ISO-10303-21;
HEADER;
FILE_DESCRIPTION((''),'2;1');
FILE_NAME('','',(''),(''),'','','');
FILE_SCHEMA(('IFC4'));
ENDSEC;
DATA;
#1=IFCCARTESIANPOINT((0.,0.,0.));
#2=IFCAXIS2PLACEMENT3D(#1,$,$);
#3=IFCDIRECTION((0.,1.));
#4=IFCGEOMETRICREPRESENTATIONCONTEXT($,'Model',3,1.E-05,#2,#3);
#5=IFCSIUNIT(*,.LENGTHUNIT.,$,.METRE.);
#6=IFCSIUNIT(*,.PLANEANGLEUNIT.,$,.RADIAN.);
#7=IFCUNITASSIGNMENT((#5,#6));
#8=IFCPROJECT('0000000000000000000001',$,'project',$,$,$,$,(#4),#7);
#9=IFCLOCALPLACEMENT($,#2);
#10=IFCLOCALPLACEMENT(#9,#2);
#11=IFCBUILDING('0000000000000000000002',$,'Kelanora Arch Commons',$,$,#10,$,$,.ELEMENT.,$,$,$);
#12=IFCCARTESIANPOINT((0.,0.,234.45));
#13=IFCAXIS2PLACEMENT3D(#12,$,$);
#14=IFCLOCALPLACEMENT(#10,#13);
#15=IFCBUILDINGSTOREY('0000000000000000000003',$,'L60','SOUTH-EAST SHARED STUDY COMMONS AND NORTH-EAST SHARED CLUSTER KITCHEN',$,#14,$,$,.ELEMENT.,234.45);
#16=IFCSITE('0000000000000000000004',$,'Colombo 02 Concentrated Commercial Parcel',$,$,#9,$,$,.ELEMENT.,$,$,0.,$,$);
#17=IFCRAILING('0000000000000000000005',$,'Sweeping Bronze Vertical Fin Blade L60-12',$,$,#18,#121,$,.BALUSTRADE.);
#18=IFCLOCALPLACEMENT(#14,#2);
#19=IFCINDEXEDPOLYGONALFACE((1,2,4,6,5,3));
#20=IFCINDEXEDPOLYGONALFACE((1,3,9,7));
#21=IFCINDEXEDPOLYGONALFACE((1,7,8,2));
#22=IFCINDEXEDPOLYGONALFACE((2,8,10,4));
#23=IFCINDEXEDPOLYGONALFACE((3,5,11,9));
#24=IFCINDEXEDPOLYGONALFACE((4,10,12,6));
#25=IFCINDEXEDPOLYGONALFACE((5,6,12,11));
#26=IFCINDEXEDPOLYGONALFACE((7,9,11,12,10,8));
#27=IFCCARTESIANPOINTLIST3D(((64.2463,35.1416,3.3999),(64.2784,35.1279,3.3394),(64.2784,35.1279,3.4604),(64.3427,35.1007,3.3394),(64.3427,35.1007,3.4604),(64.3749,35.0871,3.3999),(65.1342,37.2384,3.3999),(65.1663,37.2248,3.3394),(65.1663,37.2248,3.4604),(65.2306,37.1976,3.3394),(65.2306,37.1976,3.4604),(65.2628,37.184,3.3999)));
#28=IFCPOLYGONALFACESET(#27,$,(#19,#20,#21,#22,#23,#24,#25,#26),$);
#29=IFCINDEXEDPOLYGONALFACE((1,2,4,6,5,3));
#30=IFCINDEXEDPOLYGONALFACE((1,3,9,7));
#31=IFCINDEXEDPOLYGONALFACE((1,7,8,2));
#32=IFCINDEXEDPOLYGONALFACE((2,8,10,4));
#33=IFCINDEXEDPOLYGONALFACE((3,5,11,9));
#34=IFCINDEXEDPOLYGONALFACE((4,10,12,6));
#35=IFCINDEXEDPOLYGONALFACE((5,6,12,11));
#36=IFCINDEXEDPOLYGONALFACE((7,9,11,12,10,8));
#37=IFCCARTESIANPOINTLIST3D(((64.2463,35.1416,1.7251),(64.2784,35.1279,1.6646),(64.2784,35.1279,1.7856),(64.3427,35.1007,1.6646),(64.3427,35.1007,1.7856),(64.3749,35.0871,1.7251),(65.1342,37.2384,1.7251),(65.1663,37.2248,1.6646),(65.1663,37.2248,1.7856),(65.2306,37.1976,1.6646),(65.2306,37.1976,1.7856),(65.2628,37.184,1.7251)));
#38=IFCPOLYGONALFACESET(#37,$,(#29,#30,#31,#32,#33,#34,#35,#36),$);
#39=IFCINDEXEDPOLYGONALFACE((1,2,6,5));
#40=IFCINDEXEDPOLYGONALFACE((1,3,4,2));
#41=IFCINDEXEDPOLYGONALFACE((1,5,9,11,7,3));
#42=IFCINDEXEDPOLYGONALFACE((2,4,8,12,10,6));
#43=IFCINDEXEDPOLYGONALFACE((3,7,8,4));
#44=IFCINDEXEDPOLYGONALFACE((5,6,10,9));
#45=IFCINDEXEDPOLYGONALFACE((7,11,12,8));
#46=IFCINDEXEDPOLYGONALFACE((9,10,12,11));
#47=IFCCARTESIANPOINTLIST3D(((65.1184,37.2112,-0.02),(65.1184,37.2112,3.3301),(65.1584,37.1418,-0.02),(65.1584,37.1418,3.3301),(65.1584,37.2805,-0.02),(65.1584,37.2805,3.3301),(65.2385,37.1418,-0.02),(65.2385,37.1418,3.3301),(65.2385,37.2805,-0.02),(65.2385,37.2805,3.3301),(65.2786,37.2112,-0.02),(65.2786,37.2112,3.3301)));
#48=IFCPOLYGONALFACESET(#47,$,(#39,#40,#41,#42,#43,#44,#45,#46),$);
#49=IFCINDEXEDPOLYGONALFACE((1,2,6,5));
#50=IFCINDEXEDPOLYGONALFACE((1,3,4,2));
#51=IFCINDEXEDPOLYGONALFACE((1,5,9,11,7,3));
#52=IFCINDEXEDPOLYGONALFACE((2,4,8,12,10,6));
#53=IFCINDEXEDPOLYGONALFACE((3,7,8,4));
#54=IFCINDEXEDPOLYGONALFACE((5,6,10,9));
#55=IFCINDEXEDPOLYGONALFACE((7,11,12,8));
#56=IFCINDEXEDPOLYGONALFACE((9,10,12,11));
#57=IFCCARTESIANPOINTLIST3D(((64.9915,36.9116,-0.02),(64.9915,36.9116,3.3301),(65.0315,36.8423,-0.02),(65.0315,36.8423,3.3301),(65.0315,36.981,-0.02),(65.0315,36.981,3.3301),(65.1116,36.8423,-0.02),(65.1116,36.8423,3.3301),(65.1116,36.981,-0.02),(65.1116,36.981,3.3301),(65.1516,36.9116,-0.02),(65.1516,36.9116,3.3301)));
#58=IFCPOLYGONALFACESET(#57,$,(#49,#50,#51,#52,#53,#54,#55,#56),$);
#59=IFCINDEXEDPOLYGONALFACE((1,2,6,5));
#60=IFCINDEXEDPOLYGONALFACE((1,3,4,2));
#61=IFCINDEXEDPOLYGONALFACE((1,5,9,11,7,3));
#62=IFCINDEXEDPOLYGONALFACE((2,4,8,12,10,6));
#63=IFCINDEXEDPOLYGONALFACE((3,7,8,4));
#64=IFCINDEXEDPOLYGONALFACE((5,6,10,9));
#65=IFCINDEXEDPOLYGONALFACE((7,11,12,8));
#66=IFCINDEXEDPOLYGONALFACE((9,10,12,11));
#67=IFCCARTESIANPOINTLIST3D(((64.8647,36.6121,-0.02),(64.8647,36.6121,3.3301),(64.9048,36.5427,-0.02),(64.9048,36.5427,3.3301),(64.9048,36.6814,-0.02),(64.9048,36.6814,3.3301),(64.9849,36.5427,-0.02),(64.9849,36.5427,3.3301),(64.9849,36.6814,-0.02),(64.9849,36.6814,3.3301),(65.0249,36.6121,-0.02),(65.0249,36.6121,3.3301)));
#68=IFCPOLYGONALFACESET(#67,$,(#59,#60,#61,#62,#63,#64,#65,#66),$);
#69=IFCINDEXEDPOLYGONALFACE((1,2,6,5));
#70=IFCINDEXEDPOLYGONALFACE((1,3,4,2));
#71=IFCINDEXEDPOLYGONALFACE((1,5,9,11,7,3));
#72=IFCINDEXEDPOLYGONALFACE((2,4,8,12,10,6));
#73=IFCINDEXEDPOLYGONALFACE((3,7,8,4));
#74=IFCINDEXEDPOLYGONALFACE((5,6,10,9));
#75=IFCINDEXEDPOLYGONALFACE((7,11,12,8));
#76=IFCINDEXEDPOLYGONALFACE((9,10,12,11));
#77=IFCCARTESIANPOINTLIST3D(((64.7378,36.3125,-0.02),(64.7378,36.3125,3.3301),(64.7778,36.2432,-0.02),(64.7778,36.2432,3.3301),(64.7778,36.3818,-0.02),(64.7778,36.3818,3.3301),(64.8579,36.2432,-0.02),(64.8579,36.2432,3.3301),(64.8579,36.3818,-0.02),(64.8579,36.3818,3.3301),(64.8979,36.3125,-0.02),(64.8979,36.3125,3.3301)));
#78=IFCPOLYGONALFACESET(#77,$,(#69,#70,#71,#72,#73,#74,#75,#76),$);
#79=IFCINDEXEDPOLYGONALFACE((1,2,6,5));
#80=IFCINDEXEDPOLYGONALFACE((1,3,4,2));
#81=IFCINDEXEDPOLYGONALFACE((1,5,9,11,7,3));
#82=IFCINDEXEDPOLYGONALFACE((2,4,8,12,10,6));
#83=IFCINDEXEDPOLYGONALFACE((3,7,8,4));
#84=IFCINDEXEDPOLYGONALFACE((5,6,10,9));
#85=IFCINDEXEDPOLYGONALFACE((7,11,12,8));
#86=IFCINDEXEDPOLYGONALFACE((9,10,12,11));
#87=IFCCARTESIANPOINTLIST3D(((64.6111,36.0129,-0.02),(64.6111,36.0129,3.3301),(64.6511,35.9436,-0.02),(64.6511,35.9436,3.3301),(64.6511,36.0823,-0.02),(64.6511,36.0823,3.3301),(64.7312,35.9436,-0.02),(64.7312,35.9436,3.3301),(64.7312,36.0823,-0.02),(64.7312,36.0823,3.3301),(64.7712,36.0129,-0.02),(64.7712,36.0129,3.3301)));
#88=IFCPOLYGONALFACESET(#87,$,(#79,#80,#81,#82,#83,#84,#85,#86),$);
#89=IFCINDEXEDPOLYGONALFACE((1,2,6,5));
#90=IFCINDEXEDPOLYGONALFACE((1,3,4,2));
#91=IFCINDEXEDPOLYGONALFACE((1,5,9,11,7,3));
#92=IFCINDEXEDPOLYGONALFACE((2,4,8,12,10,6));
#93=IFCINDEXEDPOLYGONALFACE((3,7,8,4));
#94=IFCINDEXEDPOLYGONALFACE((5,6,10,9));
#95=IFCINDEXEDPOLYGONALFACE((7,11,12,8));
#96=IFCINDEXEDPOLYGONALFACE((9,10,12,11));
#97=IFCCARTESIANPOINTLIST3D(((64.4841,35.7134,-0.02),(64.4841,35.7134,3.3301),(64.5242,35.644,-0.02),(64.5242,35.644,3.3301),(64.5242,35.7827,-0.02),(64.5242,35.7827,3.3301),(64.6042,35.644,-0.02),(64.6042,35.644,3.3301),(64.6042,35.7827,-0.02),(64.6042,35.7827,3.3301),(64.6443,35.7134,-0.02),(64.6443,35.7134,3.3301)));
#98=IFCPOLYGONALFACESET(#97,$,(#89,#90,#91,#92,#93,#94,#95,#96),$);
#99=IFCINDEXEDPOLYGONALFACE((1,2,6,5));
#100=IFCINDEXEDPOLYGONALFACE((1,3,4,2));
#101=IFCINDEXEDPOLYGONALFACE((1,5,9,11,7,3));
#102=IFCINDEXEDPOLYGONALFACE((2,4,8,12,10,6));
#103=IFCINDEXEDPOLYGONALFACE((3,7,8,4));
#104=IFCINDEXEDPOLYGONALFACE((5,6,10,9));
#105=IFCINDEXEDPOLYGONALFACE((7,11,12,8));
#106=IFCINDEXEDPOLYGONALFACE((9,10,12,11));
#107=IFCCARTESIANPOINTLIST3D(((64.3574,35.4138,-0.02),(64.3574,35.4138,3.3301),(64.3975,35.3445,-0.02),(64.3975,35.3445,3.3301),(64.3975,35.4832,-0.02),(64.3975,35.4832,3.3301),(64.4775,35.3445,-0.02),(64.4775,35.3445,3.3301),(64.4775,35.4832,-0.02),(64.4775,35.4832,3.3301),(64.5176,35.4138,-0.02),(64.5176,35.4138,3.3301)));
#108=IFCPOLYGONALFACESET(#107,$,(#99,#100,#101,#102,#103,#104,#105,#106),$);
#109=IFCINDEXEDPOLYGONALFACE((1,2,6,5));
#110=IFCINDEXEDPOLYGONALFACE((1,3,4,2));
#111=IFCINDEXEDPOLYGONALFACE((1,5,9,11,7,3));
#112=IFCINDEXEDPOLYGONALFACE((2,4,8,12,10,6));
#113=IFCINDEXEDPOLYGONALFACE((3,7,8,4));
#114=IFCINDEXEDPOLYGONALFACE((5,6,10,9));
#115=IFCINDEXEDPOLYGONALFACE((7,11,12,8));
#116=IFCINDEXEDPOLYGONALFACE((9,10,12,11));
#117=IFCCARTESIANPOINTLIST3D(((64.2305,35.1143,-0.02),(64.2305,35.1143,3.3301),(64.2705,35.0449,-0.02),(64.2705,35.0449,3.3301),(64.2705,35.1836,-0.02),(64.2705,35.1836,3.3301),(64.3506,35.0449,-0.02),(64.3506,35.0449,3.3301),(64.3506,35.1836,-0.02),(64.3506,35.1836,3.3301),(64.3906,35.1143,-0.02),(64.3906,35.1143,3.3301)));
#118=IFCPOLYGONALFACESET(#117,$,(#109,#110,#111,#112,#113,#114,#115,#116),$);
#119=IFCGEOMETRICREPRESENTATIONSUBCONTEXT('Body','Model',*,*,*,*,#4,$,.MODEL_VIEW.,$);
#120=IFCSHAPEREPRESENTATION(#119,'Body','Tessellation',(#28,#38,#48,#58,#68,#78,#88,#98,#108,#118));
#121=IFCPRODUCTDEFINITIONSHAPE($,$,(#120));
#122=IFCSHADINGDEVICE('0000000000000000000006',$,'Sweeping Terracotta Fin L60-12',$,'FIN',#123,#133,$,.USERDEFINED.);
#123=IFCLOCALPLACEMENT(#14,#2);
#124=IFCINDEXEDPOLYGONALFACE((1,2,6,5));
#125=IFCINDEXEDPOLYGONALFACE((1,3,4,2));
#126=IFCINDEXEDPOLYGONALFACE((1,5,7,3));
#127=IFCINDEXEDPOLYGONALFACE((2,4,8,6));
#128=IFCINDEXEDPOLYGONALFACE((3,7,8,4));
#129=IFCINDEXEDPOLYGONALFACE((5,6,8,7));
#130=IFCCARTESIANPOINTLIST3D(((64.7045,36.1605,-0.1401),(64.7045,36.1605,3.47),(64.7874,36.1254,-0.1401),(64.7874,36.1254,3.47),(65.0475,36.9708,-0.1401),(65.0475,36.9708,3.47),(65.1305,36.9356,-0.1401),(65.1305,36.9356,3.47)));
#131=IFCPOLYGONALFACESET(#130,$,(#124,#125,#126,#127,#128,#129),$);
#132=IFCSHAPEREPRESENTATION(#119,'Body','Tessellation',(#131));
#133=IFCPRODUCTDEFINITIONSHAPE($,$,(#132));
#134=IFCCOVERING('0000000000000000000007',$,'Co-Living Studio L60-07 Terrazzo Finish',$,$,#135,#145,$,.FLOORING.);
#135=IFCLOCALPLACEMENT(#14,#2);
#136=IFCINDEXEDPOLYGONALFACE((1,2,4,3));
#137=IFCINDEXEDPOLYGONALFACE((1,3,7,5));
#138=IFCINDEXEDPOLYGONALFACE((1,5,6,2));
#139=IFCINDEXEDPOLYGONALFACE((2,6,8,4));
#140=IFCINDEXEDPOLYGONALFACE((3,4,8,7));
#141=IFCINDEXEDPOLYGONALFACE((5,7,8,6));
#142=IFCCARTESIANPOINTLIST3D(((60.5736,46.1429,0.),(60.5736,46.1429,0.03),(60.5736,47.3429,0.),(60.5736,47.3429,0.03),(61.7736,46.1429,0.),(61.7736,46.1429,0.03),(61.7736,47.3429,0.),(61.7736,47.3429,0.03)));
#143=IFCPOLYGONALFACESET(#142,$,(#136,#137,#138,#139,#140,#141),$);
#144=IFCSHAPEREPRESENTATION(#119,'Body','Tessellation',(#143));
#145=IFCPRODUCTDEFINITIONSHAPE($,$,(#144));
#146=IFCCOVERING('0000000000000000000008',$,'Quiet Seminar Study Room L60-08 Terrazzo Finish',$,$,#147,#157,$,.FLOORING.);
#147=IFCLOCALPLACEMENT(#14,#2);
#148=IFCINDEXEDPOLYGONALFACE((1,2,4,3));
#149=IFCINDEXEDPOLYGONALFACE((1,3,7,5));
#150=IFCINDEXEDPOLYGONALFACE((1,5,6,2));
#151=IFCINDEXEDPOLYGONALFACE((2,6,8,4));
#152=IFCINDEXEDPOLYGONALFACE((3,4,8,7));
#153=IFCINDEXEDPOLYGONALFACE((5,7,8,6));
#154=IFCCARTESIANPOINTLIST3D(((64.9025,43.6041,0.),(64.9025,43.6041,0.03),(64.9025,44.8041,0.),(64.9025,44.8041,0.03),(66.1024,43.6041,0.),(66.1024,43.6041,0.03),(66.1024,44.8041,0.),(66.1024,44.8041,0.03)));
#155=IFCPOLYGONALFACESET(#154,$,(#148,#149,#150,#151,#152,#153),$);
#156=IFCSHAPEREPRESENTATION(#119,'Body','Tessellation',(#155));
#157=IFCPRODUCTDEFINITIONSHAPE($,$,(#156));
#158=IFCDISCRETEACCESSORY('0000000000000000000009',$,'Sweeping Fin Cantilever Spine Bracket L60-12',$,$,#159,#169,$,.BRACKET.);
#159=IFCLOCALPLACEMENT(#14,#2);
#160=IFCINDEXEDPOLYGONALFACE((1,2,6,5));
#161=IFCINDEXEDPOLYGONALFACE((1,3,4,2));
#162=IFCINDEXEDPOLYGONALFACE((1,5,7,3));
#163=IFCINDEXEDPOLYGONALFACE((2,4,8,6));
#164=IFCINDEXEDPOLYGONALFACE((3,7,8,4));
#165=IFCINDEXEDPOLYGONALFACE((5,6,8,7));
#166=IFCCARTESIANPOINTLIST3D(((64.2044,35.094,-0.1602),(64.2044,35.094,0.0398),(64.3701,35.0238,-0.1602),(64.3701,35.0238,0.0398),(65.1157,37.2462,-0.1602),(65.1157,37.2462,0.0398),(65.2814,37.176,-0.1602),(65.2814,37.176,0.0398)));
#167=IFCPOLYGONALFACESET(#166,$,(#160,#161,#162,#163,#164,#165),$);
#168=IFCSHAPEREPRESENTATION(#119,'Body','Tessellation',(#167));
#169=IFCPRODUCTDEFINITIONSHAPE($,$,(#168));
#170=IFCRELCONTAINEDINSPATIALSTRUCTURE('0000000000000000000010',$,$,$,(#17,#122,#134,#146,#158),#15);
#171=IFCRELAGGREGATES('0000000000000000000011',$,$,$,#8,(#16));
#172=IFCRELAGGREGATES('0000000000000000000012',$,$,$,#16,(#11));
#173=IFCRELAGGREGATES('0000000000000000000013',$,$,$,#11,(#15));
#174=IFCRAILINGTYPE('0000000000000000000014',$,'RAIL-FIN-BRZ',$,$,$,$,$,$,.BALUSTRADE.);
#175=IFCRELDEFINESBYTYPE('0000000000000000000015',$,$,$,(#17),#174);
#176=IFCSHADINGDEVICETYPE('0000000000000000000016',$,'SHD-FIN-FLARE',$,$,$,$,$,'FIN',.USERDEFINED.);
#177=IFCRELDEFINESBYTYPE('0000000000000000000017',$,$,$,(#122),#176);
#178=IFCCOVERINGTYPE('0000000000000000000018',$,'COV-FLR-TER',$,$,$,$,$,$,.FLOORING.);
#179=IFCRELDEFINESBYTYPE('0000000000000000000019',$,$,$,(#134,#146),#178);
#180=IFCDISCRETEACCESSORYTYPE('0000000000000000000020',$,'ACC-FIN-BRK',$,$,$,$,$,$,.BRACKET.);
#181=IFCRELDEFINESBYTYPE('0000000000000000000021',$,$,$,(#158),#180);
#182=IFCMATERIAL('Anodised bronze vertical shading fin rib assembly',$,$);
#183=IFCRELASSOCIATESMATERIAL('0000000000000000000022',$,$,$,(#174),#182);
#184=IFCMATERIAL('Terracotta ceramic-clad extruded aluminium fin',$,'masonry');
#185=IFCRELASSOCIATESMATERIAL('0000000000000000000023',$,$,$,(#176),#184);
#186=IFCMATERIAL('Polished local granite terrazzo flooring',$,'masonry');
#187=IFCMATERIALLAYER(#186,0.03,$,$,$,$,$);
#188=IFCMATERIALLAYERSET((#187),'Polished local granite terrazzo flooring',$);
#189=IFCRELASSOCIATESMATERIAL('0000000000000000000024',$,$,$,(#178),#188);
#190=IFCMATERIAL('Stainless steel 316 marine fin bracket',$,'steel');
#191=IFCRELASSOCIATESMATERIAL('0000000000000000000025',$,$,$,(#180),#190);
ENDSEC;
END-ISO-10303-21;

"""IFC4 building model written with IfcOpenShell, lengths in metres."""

from ifc_helpers import new_model, si_unit, direction, frame, origin, origin_2d, place, context, subcontext, project, spatial, polyline, rectangle, outline, extrude, source, transform, mapped, material, layer, layer_set, type_object, element, save


model = new_model("IFC4")

# Units and contexts
model_context = context("Model", 3, precision=1e-05, world=origin(), true_north=direction((0.0, 1.0)))
body_context = subcontext(model_context, "Body", "Model", "MODEL_VIEW")
ifc_project = project(units=[si_unit("LENGTHUNIT", "METRE"), si_unit("PLANEANGLEUNIT", "RADIAN")], contexts=[model_context])

# Site, building, storey
site_placement = place(None, origin())
site = spatial("IfcSite", under=ifc_project, at=site_placement, Name="Colombo 02 Concentrated Commercial Parcel", CompositionType="ELEMENT", RefElevation=0.0)
building_placement = place(site_placement, origin())
building = spatial("IfcBuilding", under=site, at=building_placement, Name="Kelanora Arch Commons", CompositionType="ELEMENT")
storey_placement = place(building_placement, frame((0.0, 0.0, 234.45)))
storey = spatial("IfcBuildingStorey", under=building, at=storey_placement, Name="L60", Description="SOUTH-EAST SHARED STUDY COMMONS AND NORTH-EAST SHARED CLUSTER KITCHEN", CompositionType="ELEMENT", Elevation=234.45)

# Railing
ifc_material_1 = material(Name="Anodised bronze vertical shading fin rib assembly")
railing_type = type_object("IfcRailingType", Name="RAIL-FIN-BRZ", PredefinedType="BALUSTRADE", material=ifc_material_1)
railing_placement = place(storey_placement, frame((65.1985, 37.2112, -0.02)))
element("IfcRailing", 1, at=railing_placement, inside=storey, type_object=railing_type, Name="Sweeping Bronze Vertical Fin Blade L60-12", PredefinedType="BALUSTRADE", context=body_context, shape_type="SweptSolid", body=[
    extrude(outline(polyline([(0.0698, 0.0), (0.0349, 0.0605), (-0.0349, 0.0605), (-0.0698, 0.0), (-0.0349, -0.0605), (0.0349, -0.0605), (0.0698, 0.0)])), frame((0.0, 0.0, 3.4199), z_axis=(-0.38993, -0.920844, 0.0), x_axis=(0.920844, -0.38993, 0.0)), (0.0, 0.0, 1.0), 2.2771),
    extrude(outline(polyline([(0.0698, 0.0), (0.0349, 0.0605), (-0.0349, 0.0605), (-0.0698, 0.0), (-0.0349, -0.0605), (0.0349, -0.0605), (0.0698, 0.0)])), frame((0.0, 0.0, 1.7451), z_axis=(-0.38993, -0.920844, 0.0), x_axis=(0.920844, -0.38993, 0.0)), (0.0, 0.0, 1.0), 2.2771),
    extrude(outline(polyline([(0.0801, 0.0), (0.04, 0.0693), (-0.04, 0.0693), (-0.0801, 0.0), (-0.04, -0.0693), (0.04, -0.0693), (0.0801, 0.0)])), origin(), (0.0, 0.0, 1.0), 3.3501),
    extrude(outline(polyline([(0.0801, 0.0), (0.04, 0.0693), (-0.04, 0.0693), (-0.0801, 0.0), (-0.04, -0.0693), (0.04, -0.0693), (0.0801, 0.0)])), frame((-0.127, -0.2996, 0.0)), (0.0, 0.0, 1.0), 3.3501),
    extrude(outline(polyline([(0.0801, 0.0), (0.04, 0.0693), (-0.04, 0.0693), (-0.0801, 0.0), (-0.04, -0.0693), (0.04, -0.0693), (0.0801, 0.0)])), frame((-0.2537, -0.5991, 0.0)), (0.0, 0.0, 1.0), 3.3501),
    extrude(outline(polyline([(0.0801, 0.0), (0.04, 0.0693), (-0.04, 0.0693), (-0.0801, 0.0), (-0.04, -0.0693), (0.04, -0.0693), (0.0801, 0.0)])), frame((-0.3806, -0.8987, 0.0)), (0.0, 0.0, 1.0), 3.3501),
    extrude(outline(polyline([(0.0801, 0.0), (0.04, 0.0693), (-0.04, 0.0693), (-0.0801, 0.0), (-0.04, -0.0693), (0.04, -0.0693), (0.0801, 0.0)])), frame((-0.5073, -1.1982, 0.0)), (0.0, 0.0, 1.0), 3.3501),
    extrude(outline(polyline([(0.0801, 0.0), (0.04, 0.0693), (-0.04, 0.0693), (-0.0801, 0.0), (-0.04, -0.0693), (0.04, -0.0693), (0.0801, 0.0)])), frame((-0.6343, -1.4978, 0.0)), (0.0, 0.0, 1.0), 3.3501),
    extrude(outline(polyline([(0.0801, 0.0), (0.04, 0.0693), (-0.04, 0.0693), (-0.0801, 0.0), (-0.04, -0.0693), (0.04, -0.0693), (0.0801, 0.0)])), frame((-0.761, -1.7974, 0.0)), (0.0, 0.0, 1.0), 3.3501),
    extrude(outline(polyline([(0.0801, 0.0), (0.04, 0.0693), (-0.04, 0.0693), (-0.0801, 0.0), (-0.04, -0.0693), (0.04, -0.0693), (0.0801, 0.0)])), frame((-0.8879, -2.0969, 0.0)), (0.0, 0.0, 1.0), 3.3501),
])

# Shading device
ifc_material_2 = material(Name="Terracotta ceramic-clad extruded aluminium fin", Category="masonry")
shading_device_type = type_object("IfcShadingDeviceType", Name="SHD-FIN-FLARE", ElementType="FIN", PredefinedType="USERDEFINED", material=ifc_material_2)
shared_shape_1 = source(origin(), body_context, "Body", "SweptSolid", [
    extrude(rectangle(XDim=0.8799, YDim=0.0901, at=origin_2d()), origin(), (0.0, 0.0, 1.0), 3.6101),
])
shading_device_placement = place(storey_placement, frame((64.9175, 36.5481, -0.1401), z_axis=(0.0, 0.0, 1.0), x_axis=(-0.389928, -0.920845, 0.0)))
element("IfcShadingDevice", 2, at=shading_device_placement, inside=storey, type_object=shading_device_type, Name="Sweeping Terracotta Fin L60-12", ObjectType="FIN", PredefinedType="USERDEFINED", context=body_context, shape_type="MappedRepresentation", body=[
    mapped(shared_shape_1, transform((0.0, 0.0, 0.0), scale=1.0)),
])

# Coverings
ifc_material_3 = material(Name="Polished local granite terrazzo flooring", Category="masonry")
ifc_layer_1 = layer(ifc_material_3, 0.03)
ifc_layer_set_1 = layer_set([ifc_layer_1], Name="Polished local granite terrazzo flooring")
covering_type = type_object("IfcCoveringType", Name="COV-FLR-TER", PredefinedType="FLOORING", material=ifc_layer_set_1)
shared_shape_2 = source(origin(), body_context, "Body", "SweptSolid", [
    extrude(rectangle(XDim=1.2, YDim=1.2, at=origin_2d()), origin(), (0.0, 0.0, 1.0), 0.03),
])
for number, where, z_axis, x_axis, name in (
    (3, (61.1736, 46.7429, 0.0), (0.0, 0.0, 1.0), (1.0, 0.0, 0.0), "Co-Living Studio L60-07 Terrazzo Finish"),
    (4, (65.5024, 44.2041, 0.0), (0.0, 0.0, 1.0), (1.0, 0.0, 0.0), "Quiet Seminar Study Room L60-08 Terrazzo Finish"),
):
    element("IfcCovering", number, at=place(storey_placement, frame(where, z_axis=z_axis, x_axis=x_axis)), inside=storey, type_object=covering_type, Name=name, PredefinedType="FLOORING", context=body_context, shape_type="MappedRepresentation", body=[
        mapped(shared_shape_2, transform((0.0, 0.0, 0.0), scale=1.0)),
    ])

# Discrete accessory
ifc_material_4 = material(Name="Stainless steel 316 marine fin bracket", Category="steel")
discrete_accessory_type = type_object("IfcDiscreteAccessoryType", Name="ACC-FIN-BRK", PredefinedType="BRACKET", material=ifc_material_4)
shared_shape_3 = source(origin(), body_context, "Body", "SweptSolid", [
    extrude(rectangle(XDim=2.3372, YDim=0.1799, at=origin_2d()), origin(), (0.0, 0.0, 1.0), 0.2),
])
discrete_accessory_placement = place(storey_placement, frame((64.7429, 36.135, -0.1602), z_axis=(0.0, 0.0, 1.0), x_axis=(-0.389928, -0.920845, 0.0)))
element("IfcDiscreteAccessory", 5, at=discrete_accessory_placement, inside=storey, type_object=discrete_accessory_type, Name="Sweeping Fin Cantilever Spine Bracket L60-12", PredefinedType="BRACKET", context=body_context, shape_type="MappedRepresentation", body=[
    mapped(shared_shape_3, transform((0.0, 0.0, 0.0), scale=1.0)),
])

save(model, "model.ifc")
